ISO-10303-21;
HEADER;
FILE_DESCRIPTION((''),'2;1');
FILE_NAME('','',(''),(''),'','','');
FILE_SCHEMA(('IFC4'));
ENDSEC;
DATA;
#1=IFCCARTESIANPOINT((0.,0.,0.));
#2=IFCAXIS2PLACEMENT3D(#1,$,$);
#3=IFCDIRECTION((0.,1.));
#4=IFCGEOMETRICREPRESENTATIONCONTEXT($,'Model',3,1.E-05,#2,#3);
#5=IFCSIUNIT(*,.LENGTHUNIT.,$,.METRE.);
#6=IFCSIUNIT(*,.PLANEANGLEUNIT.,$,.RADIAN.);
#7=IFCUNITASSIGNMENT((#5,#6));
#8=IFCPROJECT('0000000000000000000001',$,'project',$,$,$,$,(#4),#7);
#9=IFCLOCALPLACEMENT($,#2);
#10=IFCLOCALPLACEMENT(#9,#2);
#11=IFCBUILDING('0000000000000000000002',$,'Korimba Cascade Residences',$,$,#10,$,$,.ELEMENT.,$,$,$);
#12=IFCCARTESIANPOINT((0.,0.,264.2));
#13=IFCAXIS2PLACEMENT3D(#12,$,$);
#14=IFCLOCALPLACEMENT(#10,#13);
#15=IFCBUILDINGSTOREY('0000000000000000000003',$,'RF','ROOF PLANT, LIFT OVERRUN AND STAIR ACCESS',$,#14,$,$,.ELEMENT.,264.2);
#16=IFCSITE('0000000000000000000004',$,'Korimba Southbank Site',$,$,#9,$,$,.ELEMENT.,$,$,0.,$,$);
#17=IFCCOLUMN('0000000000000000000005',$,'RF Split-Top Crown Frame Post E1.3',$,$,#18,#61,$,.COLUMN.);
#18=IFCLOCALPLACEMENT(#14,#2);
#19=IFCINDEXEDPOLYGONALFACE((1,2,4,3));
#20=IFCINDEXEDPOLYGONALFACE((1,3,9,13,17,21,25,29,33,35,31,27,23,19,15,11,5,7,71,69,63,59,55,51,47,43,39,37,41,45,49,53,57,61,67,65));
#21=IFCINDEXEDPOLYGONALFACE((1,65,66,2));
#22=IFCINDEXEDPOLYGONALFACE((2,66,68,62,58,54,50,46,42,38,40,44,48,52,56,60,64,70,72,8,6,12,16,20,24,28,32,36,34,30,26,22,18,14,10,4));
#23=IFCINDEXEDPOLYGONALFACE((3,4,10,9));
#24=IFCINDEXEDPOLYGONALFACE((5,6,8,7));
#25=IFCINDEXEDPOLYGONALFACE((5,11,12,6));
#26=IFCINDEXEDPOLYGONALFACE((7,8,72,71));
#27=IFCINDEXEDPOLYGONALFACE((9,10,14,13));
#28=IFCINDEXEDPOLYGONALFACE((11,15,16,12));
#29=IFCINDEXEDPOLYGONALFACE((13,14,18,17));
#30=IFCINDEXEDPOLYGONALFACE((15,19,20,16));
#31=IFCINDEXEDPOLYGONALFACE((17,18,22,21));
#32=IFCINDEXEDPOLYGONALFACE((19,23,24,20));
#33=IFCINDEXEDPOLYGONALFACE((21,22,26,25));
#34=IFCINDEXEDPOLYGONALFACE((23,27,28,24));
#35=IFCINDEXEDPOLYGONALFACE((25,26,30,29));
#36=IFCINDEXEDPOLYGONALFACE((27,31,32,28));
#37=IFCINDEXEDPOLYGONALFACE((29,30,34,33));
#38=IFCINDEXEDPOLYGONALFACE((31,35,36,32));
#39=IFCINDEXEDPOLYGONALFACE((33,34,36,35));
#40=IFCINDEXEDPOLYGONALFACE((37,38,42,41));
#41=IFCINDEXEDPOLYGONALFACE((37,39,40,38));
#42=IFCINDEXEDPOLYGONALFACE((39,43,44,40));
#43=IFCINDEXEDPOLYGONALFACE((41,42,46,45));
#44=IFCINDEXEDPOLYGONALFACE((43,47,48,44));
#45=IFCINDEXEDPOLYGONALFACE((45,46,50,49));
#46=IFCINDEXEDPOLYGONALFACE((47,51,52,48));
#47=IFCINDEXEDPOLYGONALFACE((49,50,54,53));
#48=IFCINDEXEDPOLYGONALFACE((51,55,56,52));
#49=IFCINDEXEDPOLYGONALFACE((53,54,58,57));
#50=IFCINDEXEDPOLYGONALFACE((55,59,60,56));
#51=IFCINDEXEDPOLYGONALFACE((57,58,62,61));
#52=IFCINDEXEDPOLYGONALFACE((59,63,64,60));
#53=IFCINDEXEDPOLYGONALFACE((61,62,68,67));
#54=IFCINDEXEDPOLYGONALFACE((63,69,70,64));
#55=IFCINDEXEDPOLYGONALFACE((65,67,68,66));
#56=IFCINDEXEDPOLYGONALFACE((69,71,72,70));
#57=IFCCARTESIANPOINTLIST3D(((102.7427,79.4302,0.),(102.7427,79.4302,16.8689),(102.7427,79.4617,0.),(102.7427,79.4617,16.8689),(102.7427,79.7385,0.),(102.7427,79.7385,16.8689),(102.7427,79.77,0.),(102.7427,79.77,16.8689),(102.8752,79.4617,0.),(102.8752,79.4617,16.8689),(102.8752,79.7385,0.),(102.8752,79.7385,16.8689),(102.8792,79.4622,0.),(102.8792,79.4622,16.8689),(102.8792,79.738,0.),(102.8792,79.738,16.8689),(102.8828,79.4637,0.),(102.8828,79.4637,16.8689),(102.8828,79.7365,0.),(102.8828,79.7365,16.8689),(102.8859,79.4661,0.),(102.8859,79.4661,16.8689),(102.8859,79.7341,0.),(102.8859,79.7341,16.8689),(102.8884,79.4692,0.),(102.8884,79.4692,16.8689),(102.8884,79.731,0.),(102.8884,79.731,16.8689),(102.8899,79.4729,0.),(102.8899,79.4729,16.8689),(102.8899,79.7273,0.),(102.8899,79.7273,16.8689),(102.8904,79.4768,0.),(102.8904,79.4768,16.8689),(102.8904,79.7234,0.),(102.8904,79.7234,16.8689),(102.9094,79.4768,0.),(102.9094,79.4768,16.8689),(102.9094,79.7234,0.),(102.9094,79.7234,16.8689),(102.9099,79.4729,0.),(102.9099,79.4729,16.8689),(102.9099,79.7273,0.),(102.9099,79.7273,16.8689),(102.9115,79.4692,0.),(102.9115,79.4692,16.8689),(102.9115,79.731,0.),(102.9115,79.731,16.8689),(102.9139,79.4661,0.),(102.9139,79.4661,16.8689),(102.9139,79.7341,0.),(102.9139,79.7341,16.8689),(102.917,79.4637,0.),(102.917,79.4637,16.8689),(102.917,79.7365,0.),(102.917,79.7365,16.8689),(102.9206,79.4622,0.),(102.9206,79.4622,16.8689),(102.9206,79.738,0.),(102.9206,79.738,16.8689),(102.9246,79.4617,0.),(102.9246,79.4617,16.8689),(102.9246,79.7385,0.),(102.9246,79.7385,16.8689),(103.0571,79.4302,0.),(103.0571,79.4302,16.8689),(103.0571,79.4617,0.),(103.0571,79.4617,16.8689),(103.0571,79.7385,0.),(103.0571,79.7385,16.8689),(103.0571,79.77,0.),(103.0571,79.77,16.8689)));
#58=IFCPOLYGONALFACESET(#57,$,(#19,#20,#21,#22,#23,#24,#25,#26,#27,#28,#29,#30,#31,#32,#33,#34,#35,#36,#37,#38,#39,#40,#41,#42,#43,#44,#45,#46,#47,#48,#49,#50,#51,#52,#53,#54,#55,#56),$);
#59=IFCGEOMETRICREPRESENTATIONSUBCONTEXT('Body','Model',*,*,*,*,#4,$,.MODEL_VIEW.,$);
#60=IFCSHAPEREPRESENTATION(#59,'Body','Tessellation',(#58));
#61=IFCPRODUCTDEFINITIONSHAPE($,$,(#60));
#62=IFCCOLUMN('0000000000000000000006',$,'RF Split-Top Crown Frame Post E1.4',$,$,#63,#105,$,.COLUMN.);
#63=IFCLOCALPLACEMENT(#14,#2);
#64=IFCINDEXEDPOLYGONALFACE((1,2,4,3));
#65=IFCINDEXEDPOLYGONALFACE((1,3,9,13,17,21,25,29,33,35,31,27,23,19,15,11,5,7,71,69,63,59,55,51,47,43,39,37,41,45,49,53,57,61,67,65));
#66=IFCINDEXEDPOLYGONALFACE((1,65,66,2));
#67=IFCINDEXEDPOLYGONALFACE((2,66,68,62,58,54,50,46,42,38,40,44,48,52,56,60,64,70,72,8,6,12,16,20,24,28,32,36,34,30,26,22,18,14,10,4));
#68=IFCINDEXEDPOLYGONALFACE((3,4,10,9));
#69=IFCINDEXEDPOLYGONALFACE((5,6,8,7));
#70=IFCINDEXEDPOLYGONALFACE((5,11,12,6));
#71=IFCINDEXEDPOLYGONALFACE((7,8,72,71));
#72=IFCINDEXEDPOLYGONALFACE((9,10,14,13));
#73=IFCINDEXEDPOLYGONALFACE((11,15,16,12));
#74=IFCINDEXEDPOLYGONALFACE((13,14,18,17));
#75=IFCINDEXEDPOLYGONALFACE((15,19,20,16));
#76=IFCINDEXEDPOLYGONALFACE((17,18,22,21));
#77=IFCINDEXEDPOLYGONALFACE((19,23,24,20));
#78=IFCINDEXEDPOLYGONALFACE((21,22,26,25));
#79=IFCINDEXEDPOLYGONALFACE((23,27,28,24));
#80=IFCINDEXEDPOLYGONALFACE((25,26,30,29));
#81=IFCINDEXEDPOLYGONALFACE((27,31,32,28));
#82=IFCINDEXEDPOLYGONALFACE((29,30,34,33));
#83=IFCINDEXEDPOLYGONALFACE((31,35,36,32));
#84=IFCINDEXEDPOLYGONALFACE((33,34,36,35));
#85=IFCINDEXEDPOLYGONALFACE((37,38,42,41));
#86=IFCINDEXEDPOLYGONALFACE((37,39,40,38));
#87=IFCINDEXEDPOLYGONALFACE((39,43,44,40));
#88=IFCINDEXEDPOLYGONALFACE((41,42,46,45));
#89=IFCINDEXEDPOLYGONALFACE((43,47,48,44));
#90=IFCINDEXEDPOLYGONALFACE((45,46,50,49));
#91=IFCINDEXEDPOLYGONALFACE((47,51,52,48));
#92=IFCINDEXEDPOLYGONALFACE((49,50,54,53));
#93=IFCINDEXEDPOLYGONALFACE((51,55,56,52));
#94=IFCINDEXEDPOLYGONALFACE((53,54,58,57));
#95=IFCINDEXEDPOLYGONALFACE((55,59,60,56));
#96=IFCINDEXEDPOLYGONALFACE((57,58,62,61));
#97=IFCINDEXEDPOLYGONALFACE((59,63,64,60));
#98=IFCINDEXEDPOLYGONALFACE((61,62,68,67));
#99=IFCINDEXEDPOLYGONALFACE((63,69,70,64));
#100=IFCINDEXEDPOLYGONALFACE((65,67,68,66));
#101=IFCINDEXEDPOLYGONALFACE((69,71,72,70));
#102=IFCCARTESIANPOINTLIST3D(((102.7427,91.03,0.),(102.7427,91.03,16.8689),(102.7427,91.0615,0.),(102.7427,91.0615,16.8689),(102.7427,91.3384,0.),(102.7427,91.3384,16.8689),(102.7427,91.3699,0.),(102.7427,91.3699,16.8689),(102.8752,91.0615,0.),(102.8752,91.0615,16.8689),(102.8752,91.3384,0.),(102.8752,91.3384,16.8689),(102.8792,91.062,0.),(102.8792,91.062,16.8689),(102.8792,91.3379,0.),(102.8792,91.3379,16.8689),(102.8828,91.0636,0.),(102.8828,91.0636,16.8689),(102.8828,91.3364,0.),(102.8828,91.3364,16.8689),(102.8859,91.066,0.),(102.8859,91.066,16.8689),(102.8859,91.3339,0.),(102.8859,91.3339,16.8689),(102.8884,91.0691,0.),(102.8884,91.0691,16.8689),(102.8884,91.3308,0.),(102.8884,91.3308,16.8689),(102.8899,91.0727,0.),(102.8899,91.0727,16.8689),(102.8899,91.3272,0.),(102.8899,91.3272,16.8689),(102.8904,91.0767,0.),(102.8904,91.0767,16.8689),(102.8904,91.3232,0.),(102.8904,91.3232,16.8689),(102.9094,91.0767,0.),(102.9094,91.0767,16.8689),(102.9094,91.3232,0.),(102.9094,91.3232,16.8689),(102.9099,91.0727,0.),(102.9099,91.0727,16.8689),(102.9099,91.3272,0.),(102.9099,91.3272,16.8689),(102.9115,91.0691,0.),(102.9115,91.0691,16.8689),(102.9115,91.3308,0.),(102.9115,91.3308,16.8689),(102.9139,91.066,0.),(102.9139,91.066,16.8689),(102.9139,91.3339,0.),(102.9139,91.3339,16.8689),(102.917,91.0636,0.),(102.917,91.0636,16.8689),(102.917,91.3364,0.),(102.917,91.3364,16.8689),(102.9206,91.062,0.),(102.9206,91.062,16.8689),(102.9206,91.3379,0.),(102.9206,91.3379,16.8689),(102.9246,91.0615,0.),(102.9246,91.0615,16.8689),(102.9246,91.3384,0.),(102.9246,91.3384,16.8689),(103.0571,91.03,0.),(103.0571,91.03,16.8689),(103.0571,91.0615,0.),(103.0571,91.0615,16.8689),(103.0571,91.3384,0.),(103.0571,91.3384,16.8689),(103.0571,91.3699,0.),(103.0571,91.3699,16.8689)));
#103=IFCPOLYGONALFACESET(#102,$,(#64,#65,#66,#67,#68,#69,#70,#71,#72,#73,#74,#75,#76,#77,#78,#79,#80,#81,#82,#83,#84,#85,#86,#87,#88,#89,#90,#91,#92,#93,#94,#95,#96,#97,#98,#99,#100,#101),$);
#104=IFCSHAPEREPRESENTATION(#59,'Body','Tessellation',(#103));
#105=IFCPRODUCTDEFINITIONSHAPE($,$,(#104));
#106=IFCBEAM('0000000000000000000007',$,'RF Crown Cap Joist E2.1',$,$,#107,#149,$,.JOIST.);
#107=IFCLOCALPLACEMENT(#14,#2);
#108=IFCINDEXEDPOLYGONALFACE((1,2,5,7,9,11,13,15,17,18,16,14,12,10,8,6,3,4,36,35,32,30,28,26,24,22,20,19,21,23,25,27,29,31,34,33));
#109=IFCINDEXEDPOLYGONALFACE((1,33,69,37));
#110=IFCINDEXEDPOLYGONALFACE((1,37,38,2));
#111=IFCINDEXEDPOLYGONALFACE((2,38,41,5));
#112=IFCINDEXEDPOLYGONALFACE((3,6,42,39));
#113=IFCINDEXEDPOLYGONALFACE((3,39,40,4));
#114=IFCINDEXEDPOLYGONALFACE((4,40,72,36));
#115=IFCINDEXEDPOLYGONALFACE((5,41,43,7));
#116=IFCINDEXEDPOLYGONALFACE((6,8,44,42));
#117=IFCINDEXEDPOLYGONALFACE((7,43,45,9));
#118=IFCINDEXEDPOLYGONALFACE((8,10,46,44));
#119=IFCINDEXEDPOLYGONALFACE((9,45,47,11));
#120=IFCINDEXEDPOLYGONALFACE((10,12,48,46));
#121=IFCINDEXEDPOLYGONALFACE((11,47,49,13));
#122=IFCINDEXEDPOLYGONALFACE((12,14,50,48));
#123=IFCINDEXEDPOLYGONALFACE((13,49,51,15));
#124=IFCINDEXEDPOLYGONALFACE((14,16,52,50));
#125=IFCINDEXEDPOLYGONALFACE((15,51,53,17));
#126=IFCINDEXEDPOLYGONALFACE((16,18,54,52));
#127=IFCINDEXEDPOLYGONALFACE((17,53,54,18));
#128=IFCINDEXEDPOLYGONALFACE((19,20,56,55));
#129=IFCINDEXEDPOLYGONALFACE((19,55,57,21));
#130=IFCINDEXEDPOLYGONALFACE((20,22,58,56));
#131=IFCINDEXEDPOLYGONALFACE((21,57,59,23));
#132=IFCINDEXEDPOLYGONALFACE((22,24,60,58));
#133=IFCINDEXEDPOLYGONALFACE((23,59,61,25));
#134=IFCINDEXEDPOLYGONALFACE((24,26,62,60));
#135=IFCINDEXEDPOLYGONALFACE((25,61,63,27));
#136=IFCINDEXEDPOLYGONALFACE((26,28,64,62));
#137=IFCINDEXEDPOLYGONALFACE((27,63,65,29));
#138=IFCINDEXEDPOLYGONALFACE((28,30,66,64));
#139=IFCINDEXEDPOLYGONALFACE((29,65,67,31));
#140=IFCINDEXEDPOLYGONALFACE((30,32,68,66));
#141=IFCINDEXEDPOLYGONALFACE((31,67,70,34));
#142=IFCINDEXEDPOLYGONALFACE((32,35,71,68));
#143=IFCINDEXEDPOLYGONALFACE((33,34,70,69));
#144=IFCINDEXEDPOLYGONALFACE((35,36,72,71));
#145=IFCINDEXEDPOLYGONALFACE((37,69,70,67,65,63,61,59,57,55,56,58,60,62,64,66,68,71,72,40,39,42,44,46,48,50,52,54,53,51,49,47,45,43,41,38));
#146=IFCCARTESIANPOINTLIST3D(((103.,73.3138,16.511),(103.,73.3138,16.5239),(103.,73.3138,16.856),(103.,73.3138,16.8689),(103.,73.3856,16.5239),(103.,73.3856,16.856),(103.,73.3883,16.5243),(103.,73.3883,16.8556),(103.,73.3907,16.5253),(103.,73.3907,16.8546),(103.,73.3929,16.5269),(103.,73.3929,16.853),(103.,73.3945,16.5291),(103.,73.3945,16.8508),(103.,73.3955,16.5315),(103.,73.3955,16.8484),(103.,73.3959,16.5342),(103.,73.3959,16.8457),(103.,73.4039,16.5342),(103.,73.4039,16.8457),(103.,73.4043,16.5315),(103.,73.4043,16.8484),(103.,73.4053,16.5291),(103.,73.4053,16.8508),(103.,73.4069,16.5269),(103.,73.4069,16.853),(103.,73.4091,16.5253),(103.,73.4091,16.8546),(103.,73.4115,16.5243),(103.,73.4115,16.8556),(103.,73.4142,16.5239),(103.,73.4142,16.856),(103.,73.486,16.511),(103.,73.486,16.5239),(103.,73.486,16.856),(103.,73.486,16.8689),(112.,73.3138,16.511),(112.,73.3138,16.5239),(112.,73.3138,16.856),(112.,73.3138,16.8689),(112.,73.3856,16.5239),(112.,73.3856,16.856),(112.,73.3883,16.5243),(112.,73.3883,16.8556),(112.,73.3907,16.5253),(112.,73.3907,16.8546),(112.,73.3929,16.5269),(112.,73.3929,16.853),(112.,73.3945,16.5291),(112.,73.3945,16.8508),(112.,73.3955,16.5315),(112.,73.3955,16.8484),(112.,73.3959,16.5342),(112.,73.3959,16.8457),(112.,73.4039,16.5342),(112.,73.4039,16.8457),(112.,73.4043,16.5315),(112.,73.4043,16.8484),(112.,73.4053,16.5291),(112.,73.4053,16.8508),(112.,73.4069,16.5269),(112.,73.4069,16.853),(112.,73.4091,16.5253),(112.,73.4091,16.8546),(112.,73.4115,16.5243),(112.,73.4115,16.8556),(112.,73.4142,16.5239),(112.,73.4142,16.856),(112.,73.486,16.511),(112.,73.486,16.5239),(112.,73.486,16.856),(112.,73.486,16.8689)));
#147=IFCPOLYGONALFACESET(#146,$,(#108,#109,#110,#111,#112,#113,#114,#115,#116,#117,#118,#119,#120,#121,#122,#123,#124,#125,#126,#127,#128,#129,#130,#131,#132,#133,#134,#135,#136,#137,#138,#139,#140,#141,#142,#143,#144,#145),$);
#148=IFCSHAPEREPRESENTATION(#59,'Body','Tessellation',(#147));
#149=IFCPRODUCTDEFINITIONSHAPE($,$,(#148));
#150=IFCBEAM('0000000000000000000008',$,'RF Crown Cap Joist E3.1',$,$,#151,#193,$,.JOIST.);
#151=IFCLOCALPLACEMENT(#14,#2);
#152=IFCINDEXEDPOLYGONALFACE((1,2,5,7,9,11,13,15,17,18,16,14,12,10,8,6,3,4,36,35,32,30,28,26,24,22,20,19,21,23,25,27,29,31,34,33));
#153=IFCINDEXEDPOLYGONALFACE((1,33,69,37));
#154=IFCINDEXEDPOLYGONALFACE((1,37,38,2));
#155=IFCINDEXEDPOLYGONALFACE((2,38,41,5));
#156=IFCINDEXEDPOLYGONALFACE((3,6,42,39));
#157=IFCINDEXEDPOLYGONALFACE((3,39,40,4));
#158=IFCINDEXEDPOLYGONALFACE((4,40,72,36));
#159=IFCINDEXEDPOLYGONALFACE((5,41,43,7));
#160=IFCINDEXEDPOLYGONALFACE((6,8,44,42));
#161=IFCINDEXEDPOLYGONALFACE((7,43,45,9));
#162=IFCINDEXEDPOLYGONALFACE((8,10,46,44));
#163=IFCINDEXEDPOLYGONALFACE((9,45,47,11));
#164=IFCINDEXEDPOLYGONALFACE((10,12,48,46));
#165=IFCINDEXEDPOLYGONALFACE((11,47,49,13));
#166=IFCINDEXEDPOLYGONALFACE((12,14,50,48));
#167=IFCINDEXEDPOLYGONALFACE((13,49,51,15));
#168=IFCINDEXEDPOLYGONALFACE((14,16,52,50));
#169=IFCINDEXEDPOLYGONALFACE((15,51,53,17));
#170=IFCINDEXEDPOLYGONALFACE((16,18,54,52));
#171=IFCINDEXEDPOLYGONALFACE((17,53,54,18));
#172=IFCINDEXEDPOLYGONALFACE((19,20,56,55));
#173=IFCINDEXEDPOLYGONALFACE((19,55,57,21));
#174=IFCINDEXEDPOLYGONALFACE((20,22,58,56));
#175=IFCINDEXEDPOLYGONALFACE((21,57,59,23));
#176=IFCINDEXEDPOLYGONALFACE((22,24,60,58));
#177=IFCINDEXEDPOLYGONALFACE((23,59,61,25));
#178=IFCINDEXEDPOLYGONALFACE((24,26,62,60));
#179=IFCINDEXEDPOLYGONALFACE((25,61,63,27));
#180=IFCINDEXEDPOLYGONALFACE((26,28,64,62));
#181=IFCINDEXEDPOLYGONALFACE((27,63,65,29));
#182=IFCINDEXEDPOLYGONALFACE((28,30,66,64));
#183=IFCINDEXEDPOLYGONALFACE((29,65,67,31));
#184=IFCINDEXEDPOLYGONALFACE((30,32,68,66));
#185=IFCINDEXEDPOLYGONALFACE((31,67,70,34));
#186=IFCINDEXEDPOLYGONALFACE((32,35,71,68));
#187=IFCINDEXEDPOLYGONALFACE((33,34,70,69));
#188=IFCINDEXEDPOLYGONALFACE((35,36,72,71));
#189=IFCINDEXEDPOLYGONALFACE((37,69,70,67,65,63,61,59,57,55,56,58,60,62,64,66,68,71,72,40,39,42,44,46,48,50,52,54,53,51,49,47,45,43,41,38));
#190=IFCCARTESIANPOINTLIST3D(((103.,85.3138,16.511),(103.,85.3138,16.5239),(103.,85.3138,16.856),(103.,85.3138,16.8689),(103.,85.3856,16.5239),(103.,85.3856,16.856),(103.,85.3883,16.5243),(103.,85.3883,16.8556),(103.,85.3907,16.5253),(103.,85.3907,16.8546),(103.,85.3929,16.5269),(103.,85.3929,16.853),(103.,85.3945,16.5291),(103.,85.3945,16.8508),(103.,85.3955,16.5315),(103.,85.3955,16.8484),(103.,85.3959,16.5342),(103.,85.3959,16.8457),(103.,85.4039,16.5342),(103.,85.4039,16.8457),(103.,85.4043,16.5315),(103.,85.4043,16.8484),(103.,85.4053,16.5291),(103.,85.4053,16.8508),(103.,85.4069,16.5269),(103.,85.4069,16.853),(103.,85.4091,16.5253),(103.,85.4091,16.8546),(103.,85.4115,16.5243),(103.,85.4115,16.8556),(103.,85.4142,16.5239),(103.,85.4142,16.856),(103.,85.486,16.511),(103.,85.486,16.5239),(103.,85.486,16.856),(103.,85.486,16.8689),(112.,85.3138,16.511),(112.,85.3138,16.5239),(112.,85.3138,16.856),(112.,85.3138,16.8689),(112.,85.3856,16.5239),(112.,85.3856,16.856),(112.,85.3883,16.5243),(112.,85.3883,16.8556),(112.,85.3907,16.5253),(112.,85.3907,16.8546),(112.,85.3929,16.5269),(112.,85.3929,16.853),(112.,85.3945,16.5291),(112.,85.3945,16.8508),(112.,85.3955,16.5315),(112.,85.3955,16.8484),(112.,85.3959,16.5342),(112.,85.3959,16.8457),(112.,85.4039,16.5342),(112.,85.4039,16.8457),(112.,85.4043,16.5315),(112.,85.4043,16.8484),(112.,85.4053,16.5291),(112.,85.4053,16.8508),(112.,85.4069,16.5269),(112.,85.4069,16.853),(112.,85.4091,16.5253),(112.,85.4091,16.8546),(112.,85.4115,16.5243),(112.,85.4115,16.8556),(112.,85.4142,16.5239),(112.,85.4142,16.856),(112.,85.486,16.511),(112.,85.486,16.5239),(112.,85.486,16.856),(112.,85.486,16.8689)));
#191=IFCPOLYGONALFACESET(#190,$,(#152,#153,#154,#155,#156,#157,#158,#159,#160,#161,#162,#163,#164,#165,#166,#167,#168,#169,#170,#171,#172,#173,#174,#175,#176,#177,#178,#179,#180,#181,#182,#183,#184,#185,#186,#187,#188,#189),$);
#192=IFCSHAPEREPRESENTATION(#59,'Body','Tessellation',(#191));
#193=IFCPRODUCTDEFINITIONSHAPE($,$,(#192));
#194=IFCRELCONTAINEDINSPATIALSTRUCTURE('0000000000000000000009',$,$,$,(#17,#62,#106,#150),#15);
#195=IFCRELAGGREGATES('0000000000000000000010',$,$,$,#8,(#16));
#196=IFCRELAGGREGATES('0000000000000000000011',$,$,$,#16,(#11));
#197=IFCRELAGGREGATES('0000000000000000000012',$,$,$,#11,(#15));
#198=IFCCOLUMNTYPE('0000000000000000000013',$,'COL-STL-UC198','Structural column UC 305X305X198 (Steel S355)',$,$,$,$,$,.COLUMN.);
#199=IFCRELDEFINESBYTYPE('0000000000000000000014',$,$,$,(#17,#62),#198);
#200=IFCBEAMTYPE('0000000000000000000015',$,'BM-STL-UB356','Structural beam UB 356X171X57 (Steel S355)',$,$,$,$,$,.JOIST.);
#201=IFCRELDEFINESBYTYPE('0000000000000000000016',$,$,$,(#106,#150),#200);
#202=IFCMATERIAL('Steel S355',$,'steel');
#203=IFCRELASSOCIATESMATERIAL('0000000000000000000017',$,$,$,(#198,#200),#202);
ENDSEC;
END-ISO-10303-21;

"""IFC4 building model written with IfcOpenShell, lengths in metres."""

from ifc_helpers import new_model, si_unit, direction, frame, origin, origin_2d, place, context, subcontext, project, spatial, i_section, extrude, material, material_profile, profile_set, type_object, element, save


model = new_model("IFC4")

# Units and contexts
model_context = context("Model", 3, precision=1e-05, world=origin(), true_north=direction((0.0, 1.0)))
body_context = subcontext(model_context, "Body", "Model", "MODEL_VIEW")
ifc_project = project(units=[si_unit("LENGTHUNIT", "METRE"), si_unit("PLANEANGLEUNIT", "RADIAN")], contexts=[model_context])

# Site, building, storey
site_placement = place(None, origin())
site = spatial("IfcSite", under=ifc_project, at=site_placement, Name="Korimba Southbank Site", CompositionType="ELEMENT", RefElevation=0.0)
building_placement = place(site_placement, origin())
building = spatial("IfcBuilding", under=site, at=building_placement, Name="Korimba Cascade Residences", CompositionType="ELEMENT")
storey_placement = place(building_placement, frame((0.0, 0.0, 264.2)))
storey = spatial("IfcBuildingStorey", under=building, at=storey_placement, Name="RF", Description="ROOF PLANT, LIFT OVERRUN AND STAIR ACCESS", CompositionType="ELEMENT", Elevation=264.2)

# Columns
ifc_material_1 = material(Name="Steel S355", Category="steel")
ifc_material_profile_1 = material_profile(ifc_material_1, i_section(OverallWidth=0.3145, OverallDepth=0.3398, WebThickness=0.019, FlangeThickness=0.0315, FilletRadius=0.0151, at=origin_2d()), Name="Steel S355")
ifc_profile_set_1 = profile_set([ifc_material_profile_1], Name="Steel S355")
column_type = type_object("IfcColumnType", Name="COL-STL-UC198", Description="Structural column UC 305X305X198 (Steel S355)", PredefinedType="COLUMN", material=ifc_profile_set_1)
for number, where, z_axis, x_axis, name in (
    (1, (102.8999, 79.6001, 0.0), (0.0, 0.0, 1.0), (1.0, 0.0, 0.0), "RF Split-Top Crown Frame Post E1.3"),
    (2, (102.8999, 91.2, 0.0), (0.0, 0.0, 1.0), (1.0, 0.0, 0.0), "RF Split-Top Crown Frame Post E1.4"),
):
    element("IfcColumn", number, at=place(storey_placement, frame(where, z_axis=z_axis, x_axis=x_axis)), inside=storey, type_object=column_type, Name=name, PredefinedType="COLUMN", context=body_context, shape_type="SweptSolid", body=[
        extrude(i_section(OverallWidth=0.3145, OverallDepth=0.3398, WebThickness=0.019, FlangeThickness=0.0315, FilletRadius=0.0151, at=origin_2d()), origin(), (0.0, 0.0, 1.0), 16.8689),
    ])

# Beams
ifc_material_profile_2 = material_profile(ifc_material_1, i_section(OverallWidth=0.1721, OverallDepth=0.3579, WebThickness=0.0081, FlangeThickness=0.0129, FilletRadius=0.0103, at=origin_2d()), Name="Steel S355")
ifc_profile_set_2 = profile_set([ifc_material_profile_2], Name="Steel S355")
beam_type_1 = type_object("IfcBeamType", Name="BM-STL-UB356", Description="Structural beam UB 356X171X57 (Steel S355)", PredefinedType="JOIST", material=ifc_profile_set_2)
for number, where, z_axis, x_axis, name in (
    (3, (103.0, 73.3999, 16.6899), (1.0, 0.0, 0.0), (0.0, 1.0, 0.0), "RF Crown Cap Joist E2.1"),
    (4, (103.0, 85.3999, 16.6899), (1.0, 0.0, 0.0), (0.0, 1.0, 0.0), "RF Crown Cap Joist E3.1"),
):
    element("IfcBeam", number, at=place(storey_placement, frame(where, z_axis=z_axis, x_axis=x_axis)), inside=storey, type_object=beam_type_1, Name=name, PredefinedType="JOIST", context=body_context, shape_type="SweptSolid", body=[
        extrude(i_section(OverallWidth=0.1721, OverallDepth=0.3579, WebThickness=0.0081, FlangeThickness=0.0129, FilletRadius=0.0103, at=origin_2d()), origin(), (0.0, 0.0, 1.0), 9.0),
    ])

save(model, "model.ifc")
